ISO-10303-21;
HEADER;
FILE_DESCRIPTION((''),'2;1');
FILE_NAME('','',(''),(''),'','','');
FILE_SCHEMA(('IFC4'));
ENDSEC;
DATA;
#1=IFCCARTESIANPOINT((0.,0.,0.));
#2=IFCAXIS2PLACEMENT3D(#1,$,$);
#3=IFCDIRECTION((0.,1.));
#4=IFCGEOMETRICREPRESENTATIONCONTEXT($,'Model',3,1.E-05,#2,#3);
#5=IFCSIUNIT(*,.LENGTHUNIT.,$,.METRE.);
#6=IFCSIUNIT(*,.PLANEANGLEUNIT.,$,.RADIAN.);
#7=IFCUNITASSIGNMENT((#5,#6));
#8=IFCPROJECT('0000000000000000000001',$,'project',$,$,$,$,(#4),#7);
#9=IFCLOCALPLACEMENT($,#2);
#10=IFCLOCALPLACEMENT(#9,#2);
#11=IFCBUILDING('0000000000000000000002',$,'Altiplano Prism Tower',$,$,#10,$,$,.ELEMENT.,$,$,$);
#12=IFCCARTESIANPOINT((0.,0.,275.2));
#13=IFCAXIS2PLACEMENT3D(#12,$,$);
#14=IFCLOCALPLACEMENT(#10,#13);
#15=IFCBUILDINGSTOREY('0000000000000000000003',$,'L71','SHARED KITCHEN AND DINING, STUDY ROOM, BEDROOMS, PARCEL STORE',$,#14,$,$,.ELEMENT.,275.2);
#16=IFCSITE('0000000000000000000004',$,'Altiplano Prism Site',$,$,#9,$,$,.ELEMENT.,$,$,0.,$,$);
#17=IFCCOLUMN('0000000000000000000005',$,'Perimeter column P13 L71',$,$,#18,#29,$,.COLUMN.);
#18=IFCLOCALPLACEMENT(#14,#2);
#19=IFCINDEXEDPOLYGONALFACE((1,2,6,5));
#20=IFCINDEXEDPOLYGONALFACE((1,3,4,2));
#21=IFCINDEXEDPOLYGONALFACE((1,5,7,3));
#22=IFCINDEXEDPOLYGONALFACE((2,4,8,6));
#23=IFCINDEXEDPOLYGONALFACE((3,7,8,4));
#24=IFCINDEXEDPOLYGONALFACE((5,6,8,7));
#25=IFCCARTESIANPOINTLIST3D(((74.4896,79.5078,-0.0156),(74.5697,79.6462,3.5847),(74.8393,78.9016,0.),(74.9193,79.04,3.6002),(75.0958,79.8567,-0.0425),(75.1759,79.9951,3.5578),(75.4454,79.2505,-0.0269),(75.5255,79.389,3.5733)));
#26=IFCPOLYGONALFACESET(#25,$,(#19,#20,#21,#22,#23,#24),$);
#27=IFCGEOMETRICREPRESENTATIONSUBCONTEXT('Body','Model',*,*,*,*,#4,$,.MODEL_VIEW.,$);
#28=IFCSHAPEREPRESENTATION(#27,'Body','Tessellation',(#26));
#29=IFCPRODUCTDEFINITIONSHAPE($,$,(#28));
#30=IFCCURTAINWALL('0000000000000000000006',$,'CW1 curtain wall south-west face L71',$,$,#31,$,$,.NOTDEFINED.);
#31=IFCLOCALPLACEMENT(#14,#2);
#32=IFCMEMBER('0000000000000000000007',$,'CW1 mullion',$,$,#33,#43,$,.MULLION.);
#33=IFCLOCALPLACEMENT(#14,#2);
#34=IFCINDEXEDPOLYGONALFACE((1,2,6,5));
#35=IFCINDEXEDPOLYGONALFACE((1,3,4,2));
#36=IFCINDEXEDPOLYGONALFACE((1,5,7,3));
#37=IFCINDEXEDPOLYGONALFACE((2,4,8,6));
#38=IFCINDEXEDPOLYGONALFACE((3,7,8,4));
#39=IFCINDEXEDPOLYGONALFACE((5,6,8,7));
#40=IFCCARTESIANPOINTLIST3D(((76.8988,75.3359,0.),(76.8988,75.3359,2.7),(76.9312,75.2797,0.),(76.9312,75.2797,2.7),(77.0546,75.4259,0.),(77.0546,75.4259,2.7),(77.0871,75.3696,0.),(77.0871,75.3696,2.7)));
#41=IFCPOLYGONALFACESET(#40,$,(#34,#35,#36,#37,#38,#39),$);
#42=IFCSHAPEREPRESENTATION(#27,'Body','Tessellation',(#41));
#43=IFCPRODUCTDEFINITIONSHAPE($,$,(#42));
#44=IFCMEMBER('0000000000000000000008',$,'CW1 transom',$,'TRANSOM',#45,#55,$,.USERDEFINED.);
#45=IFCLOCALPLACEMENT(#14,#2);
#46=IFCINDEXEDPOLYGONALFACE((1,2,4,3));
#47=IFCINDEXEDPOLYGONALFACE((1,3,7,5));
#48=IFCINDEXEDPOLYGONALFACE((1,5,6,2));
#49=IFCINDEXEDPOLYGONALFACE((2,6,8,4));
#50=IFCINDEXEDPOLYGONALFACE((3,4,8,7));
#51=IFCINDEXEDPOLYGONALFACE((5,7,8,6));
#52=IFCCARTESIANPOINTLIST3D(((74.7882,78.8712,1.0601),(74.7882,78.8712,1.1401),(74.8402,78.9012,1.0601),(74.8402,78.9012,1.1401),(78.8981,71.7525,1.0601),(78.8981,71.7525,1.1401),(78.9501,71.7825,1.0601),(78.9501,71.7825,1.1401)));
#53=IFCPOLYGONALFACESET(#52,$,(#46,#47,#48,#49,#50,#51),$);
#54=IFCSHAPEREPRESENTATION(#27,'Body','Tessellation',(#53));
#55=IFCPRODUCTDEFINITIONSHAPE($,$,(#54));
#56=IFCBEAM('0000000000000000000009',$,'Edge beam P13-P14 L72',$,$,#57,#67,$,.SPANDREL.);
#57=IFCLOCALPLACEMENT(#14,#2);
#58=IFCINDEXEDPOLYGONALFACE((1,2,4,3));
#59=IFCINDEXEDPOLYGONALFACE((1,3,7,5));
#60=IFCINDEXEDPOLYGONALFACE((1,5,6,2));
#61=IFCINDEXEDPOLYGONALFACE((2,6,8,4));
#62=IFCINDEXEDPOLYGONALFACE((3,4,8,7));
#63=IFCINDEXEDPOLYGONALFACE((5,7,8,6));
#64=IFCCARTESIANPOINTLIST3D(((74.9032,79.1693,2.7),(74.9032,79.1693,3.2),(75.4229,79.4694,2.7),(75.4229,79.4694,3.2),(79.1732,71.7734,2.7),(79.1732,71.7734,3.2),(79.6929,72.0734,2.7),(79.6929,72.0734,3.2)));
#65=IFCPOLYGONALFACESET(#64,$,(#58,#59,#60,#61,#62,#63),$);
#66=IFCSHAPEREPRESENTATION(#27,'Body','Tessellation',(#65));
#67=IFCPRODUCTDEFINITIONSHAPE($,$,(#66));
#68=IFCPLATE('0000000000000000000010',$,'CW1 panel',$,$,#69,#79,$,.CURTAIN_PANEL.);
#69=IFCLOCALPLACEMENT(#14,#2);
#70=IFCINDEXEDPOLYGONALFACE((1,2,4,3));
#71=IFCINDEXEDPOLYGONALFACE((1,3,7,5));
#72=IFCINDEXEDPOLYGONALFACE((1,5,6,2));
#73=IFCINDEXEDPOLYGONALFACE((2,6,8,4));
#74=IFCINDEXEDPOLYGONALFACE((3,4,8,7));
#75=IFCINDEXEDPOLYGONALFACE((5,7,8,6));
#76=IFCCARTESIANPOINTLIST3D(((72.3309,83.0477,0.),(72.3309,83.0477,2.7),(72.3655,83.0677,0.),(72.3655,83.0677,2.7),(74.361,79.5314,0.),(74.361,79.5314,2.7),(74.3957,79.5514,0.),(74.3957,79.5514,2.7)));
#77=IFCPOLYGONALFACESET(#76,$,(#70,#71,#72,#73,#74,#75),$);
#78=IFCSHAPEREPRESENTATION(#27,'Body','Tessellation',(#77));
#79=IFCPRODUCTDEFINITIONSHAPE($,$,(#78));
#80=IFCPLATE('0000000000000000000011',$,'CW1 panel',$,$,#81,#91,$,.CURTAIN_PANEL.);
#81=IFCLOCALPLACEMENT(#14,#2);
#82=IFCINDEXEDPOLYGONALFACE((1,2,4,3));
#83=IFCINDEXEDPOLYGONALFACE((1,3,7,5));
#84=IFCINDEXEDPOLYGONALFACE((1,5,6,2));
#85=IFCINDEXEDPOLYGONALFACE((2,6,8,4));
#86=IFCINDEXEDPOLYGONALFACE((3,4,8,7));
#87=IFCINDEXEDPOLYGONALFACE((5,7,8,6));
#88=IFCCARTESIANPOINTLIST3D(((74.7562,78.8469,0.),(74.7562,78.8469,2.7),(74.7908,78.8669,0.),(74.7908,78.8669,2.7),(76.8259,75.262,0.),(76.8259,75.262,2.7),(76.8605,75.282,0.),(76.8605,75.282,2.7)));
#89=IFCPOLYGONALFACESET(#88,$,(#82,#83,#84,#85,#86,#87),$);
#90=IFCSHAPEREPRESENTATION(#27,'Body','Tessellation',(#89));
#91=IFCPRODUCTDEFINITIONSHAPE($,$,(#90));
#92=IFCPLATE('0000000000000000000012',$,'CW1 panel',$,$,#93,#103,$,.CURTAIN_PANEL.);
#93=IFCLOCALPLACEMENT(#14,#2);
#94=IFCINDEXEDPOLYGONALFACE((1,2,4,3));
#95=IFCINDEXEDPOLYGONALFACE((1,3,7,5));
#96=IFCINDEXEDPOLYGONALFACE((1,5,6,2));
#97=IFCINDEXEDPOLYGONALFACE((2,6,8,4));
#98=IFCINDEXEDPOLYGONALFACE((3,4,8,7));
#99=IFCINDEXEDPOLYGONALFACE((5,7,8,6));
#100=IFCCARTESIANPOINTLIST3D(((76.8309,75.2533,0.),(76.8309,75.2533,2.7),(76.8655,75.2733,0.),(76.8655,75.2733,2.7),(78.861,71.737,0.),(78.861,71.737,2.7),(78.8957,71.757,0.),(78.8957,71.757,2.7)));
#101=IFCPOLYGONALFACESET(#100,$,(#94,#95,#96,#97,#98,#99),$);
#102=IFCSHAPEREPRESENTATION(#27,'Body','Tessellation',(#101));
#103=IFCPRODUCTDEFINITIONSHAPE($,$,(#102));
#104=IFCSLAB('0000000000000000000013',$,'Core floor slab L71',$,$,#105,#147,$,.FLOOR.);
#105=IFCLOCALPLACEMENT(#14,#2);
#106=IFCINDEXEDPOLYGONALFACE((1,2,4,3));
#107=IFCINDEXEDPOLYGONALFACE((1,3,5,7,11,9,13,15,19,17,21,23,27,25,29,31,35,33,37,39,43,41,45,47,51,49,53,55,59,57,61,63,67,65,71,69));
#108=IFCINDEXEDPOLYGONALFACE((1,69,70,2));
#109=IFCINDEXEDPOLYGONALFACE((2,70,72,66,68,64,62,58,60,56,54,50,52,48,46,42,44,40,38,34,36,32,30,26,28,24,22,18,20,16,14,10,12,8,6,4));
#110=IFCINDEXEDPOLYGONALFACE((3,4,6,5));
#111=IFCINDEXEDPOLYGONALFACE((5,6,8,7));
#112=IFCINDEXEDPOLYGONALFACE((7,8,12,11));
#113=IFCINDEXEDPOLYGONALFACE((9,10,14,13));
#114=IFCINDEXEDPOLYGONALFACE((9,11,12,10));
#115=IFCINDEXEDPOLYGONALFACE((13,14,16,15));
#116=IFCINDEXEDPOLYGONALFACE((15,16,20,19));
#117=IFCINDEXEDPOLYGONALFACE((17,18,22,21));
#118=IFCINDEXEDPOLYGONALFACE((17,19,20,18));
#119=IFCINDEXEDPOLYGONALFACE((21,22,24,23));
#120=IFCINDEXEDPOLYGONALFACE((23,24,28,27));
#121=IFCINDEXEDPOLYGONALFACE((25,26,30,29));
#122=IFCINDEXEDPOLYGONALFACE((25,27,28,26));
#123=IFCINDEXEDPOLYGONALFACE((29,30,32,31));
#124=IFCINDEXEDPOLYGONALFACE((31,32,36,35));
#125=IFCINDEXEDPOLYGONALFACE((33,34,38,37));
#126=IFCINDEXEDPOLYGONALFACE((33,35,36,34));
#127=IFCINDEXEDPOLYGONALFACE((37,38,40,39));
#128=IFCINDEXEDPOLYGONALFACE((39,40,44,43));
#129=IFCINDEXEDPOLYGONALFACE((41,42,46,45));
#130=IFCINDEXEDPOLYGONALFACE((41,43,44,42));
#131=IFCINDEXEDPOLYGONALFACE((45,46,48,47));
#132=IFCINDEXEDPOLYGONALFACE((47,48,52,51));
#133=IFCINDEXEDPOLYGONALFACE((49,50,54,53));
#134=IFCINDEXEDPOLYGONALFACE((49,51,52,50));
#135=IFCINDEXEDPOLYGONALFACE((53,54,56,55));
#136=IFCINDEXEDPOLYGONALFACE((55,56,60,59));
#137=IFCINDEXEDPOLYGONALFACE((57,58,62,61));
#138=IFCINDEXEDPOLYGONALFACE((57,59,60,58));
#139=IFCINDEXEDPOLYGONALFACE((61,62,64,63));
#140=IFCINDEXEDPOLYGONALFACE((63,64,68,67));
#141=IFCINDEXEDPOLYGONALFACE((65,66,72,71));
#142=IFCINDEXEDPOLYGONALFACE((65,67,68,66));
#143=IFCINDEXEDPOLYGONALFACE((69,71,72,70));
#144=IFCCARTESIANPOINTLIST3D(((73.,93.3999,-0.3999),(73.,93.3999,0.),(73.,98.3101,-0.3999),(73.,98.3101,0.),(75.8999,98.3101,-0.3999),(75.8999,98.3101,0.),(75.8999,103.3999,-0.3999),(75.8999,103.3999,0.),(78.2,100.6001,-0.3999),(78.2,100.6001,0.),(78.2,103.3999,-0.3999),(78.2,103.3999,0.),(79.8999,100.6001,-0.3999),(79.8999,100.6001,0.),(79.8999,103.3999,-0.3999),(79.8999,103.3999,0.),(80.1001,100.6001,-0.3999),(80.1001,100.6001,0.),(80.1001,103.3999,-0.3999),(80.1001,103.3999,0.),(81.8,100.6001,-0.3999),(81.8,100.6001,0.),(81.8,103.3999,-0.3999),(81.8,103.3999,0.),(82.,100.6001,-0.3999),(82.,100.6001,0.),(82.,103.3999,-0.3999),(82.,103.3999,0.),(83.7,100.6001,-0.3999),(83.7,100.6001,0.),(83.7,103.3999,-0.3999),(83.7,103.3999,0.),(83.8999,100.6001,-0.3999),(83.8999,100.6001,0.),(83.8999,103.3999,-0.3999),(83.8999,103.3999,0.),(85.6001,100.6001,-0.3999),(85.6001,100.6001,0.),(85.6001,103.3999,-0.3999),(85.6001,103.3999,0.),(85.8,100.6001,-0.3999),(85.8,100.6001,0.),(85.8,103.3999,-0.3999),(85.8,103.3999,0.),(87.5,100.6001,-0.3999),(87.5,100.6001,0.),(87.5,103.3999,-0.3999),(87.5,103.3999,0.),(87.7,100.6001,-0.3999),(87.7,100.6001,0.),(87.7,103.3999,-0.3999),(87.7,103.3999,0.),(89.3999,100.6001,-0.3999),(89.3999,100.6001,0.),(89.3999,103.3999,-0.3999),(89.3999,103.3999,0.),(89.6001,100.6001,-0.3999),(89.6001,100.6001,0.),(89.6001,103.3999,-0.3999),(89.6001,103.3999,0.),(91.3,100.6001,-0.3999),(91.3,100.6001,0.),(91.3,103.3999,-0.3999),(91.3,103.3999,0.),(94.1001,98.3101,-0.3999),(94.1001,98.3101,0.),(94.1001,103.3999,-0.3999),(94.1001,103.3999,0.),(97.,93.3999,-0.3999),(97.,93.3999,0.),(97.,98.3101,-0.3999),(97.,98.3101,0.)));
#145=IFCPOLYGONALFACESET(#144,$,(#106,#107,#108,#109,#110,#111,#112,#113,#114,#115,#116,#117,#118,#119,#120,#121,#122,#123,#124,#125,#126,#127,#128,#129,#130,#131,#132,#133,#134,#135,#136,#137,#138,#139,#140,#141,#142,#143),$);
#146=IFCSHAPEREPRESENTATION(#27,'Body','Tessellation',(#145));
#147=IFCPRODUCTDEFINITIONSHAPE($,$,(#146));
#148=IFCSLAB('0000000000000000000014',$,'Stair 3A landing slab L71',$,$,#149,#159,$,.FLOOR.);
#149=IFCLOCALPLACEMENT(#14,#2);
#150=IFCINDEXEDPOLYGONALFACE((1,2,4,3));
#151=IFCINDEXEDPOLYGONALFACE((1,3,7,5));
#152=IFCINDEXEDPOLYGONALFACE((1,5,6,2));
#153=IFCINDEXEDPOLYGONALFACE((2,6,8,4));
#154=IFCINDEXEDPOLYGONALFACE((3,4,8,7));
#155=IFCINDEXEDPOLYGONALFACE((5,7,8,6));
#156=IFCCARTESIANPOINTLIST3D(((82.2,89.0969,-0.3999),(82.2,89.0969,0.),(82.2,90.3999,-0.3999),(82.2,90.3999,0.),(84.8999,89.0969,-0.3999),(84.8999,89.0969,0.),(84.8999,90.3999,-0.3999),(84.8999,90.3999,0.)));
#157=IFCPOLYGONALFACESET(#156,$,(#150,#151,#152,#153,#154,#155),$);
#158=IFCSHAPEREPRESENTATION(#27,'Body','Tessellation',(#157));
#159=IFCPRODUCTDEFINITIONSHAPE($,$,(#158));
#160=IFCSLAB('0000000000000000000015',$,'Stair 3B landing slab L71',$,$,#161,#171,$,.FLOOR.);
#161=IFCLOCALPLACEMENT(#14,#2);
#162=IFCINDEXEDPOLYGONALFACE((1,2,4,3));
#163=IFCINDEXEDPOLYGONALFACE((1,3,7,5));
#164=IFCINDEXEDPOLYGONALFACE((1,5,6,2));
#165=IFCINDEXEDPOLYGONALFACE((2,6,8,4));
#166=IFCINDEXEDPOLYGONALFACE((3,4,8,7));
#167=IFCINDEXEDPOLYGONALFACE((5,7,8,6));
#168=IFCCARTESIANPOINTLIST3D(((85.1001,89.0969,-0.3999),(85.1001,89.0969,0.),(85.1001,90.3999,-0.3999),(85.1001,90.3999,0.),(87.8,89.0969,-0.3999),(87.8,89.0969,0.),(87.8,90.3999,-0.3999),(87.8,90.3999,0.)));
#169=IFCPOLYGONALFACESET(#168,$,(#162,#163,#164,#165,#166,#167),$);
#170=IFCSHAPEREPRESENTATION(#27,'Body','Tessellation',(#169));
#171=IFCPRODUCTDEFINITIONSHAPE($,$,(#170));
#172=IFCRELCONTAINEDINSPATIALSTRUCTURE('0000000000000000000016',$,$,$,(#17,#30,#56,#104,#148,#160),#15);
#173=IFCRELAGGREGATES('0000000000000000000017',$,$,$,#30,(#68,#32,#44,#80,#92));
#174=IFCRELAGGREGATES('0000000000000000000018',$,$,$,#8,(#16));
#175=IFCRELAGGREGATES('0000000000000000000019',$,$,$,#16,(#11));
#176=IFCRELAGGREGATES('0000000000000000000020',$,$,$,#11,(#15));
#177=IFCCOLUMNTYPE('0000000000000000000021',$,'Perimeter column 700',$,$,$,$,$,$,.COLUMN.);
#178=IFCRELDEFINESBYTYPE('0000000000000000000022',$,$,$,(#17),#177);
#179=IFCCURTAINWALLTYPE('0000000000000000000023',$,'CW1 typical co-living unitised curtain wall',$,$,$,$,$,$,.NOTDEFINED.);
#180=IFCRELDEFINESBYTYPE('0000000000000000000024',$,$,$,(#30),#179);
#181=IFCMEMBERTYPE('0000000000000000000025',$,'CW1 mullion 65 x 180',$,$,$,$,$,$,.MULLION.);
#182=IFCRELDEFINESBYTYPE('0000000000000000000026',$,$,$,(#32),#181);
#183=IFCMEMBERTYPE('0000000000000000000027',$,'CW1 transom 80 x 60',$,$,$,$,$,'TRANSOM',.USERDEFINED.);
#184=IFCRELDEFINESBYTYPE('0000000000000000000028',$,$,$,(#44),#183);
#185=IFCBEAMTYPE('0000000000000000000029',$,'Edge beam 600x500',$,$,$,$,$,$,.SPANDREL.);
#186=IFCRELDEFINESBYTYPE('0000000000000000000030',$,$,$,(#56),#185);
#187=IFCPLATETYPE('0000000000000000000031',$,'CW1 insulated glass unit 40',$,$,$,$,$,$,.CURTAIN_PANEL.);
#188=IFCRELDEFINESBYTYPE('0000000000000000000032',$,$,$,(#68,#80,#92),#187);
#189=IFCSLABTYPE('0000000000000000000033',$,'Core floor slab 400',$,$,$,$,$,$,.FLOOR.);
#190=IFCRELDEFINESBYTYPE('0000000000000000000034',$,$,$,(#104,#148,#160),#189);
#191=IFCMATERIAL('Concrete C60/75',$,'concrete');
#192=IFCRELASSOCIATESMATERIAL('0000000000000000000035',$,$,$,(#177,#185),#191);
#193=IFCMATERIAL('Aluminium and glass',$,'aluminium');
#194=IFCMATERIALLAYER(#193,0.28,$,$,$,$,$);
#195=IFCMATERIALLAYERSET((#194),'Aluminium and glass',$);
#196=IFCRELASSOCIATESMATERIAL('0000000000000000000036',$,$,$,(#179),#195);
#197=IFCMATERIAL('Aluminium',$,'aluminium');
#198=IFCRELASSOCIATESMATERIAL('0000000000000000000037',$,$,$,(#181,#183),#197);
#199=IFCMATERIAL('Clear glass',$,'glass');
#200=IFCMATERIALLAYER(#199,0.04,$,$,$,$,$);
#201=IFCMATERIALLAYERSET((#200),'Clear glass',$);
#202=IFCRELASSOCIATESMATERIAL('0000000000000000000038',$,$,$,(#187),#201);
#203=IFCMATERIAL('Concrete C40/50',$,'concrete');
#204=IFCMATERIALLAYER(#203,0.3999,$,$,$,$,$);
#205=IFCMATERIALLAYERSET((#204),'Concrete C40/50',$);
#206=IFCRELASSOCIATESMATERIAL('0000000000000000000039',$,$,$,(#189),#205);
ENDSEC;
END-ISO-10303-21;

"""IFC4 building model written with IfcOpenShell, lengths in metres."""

from ifc_helpers import new_model, si_unit, direction, frame, origin, origin_2d, place, context, subcontext, project, spatial, polyline, rectangle, outline, extrude, material, layer, layer_set, material_profile, profile_set, type_object, element, aggregate, save


model = new_model("IFC4")

# Units and contexts
model_context = context("Model", 3, precision=1e-05, world=origin(), true_north=direction((0.0, 1.0)))
body_context = subcontext(model_context, "Body", "Model", "MODEL_VIEW")
ifc_project = project(units=[si_unit("LENGTHUNIT", "METRE"), si_unit("PLANEANGLEUNIT", "RADIAN")], contexts=[model_context])

# Site, building, storey
site_placement = place(None, origin())
site = spatial("IfcSite", under=ifc_project, at=site_placement, Name="Altiplano Prism Site", CompositionType="ELEMENT", RefElevation=0.0)
building_placement = place(site_placement, origin())
building = spatial("IfcBuilding", under=site, at=building_placement, Name="Altiplano Prism Tower", CompositionType="ELEMENT")
storey_placement = place(building_placement, frame((0.0, 0.0, 275.2)))
storey = spatial("IfcBuildingStorey", under=building, at=storey_placement, Name="L71", Description="SHARED KITCHEN AND DINING, STUDY ROOM, BEDROOMS, PARCEL STORE", CompositionType="ELEMENT", Elevation=275.2)

# Column
ifc_material_1 = material(Name="Concrete C60/75", Category="concrete")
ifc_material_profile_1 = material_profile(ifc_material_1, rectangle(XDim=0.7, YDim=0.7, at=origin_2d()), Name="Perimeter column 700")
ifc_profile_set_1 = profile_set([ifc_material_profile_1], Name="Concrete C60/75")
column_type = type_object("IfcColumnType", Name="Perimeter column 700", PredefinedType="COLUMN", material=ifc_profile_set_1)
column_placement = place(storey_placement, frame((74.9675, 79.3792, -0.0212), z_axis=(0.022221, 0.038413, 0.999015), x_axis=(-0.866021, -0.498528, 0.038432)))
element("IfcColumn", 1, at=column_placement, inside=storey, type_object=column_type, Name="Perimeter column P13 L71", PredefinedType="COLUMN", context=body_context, shape_type="SweptSolid", body=[
    extrude(rectangle(XDim=0.7, YDim=0.7, at=origin_2d()), origin(), (0.0, 0.0, 1.0), 3.6038),
])

# Curtain wall, members
ifc_material_2 = material(Name="Aluminium and glass", Category="aluminium")
ifc_layer_1 = layer(ifc_material_2, 0.28)
ifc_layer_set_1 = layer_set([ifc_layer_1], Name="Aluminium and glass")
curtain_wall_type = type_object("IfcCurtainWallType", Name="CW1 typical co-living unitised curtain wall", PredefinedType="NOTDEFINED", material=ifc_layer_set_1)
curtain_wall_placement = place(storey_placement, origin())
curtain_wall = element("IfcCurtainWall", 2, at=curtain_wall_placement, inside=storey, type_object=curtain_wall_type, Name="CW1 curtain wall south-west face L71", PredefinedType="NOTDEFINED")
ifc_material_3 = material(Name="Aluminium", Category="aluminium")
ifc_material_profile_2 = material_profile(ifc_material_3, rectangle(XDim=0.1799, YDim=0.0649, at=origin_2d()), Name="CW1 mullion 65 x 180")
ifc_profile_set_2 = profile_set([ifc_material_profile_2], Name="Aluminium")
member_type_1 = type_object("IfcMemberType", Name="CW1 mullion 65 x 180", PredefinedType="MULLION", material=ifc_profile_set_2)
member_1_placement = place(storey_placement, frame((76.9929, 75.3528, 0.0), z_axis=(0.0, 0.0, 1.0), x_axis=(0.866025, 0.5, 0.0)))
member_1 = element("IfcMember", 3, at=member_1_placement, type_object=member_type_1, Name="CW1 mullion", PredefinedType="MULLION", context=body_context, shape_type="SweptSolid", body=[
    extrude(rectangle(XDim=0.1799, YDim=0.0649, at=origin_2d()), origin(), (0.0, 0.0, 1.0), 2.7),
])
ifc_material_profile_3 = material_profile(ifc_material_3, rectangle(XDim=0.0601, YDim=0.0801, at=origin_2d()), Name="CW1 transom 80 x 60")
ifc_profile_set_3 = profile_set([ifc_material_profile_3], Name="Aluminium")
member_type_2 = type_object("IfcMemberType", Name="CW1 transom 80 x 60", ElementType="TRANSOM", PredefinedType="USERDEFINED", material=ifc_profile_set_3)
member_2_placement = place(storey_placement, frame((74.8142, 78.8862, 1.1001), z_axis=(0.499992, -0.86603, 0.0), x_axis=(0.86603, 0.499992, 0.0)))
member_2 = element("IfcMember", 4, at=member_2_placement, type_object=member_type_2, Name="CW1 transom", ObjectType="TRANSOM", PredefinedType="USERDEFINED", context=body_context, shape_type="SweptSolid", body=[
    extrude(rectangle(XDim=0.0601, YDim=0.0801, at=origin_2d()), origin(), (0.0, 0.0, 1.0), 8.22),
])

# Beam
ifc_material_profile_4 = material_profile(ifc_material_1, rectangle(XDim=0.6001, YDim=0.5, at=origin_2d()), Name="Edge beam 600x500")
ifc_profile_set_4 = profile_set([ifc_material_profile_4], Name="Concrete C60/75")
beam_type = type_object("IfcBeamType", Name="Edge beam 600x500", PredefinedType="SPANDREL", material=ifc_profile_set_4)
beam_placement = place(storey_placement, frame((75.1631, 79.3193, 2.95), z_axis=(0.499995, -0.866028, 0.0), x_axis=(0.866028, 0.499995, 0.0)))
element("IfcBeam", 5, at=beam_placement, inside=storey, type_object=beam_type, Name="Edge beam P13-P14 L72", PredefinedType="SPANDREL", context=body_context, shape_type="SweptSolid", body=[
    extrude(rectangle(XDim=0.6001, YDim=0.5, at=origin_2d()), origin(), (0.0, 0.0, 1.0), 8.54),
])

# Plates
ifc_material_4 = material(Name="Clear glass", Category="glass")
ifc_layer_2 = layer(ifc_material_4, 0.04)
ifc_layer_set_2 = layer_set([ifc_layer_2], Name="Clear glass")
plate_type = type_object("IfcPlateType", Name="CW1 insulated glass unit 40", PredefinedType="CURTAIN_PANEL", material=ifc_layer_set_2)
plate_1_placement = place(storey_placement, frame((73.3633, 81.2996, 0.0), z_axis=(0.0, 0.0, 1.0), x_axis=(0.5, -0.866025, 0.0)))
plate_1 = element("IfcPlate", 6, at=plate_1_placement, type_object=plate_type, Name="CW1 panel", PredefinedType="CURTAIN_PANEL", context=body_context, shape_type="SweptSolid", body=[
    extrude(rectangle(XDim=4.0603, YDim=0.04, at=origin_2d()), origin(), (0.0, 0.0, 1.0), 2.7),
])
plate_2_placement = place(storey_placement, frame((75.8083, 77.0645, 0.0), z_axis=(0.0, 0.0, 1.0), x_axis=(0.5, -0.866025, 0.0)))
plate_2 = element("IfcPlate", 7, at=plate_2_placement, type_object=plate_type, Name="CW1 panel", PredefinedType="CURTAIN_PANEL", context=body_context, shape_type="SweptSolid", body=[
    extrude(rectangle(XDim=4.1394, YDim=0.04, at=origin_2d()), origin(), (0.0, 0.0, 1.0), 2.7),
])
plate_3_placement = place(storey_placement, frame((77.8633, 73.5051, 0.0), z_axis=(0.0, 0.0, 1.0), x_axis=(0.5, -0.866025, 0.0)))
plate_3 = element("IfcPlate", 8, at=plate_3_placement, type_object=plate_type, Name="CW1 panel", PredefinedType="CURTAIN_PANEL", context=body_context, shape_type="SweptSolid", body=[
    extrude(rectangle(XDim=4.0603, YDim=0.04, at=origin_2d()), origin(), (0.0, 0.0, 1.0), 2.7),
])
aggregate(curtain_wall, [plate_1, member_1, member_2, plate_2, plate_3])

# Slabs
ifc_material_5 = material(Name="Concrete C40/50", Category="concrete")
ifc_layer_3 = layer(ifc_material_5, 0.3999)
ifc_layer_set_3 = layer_set([ifc_layer_3], Name="Concrete C40/50")
slab_type_1 = type_object("IfcSlabType", Name="Core floor slab 400", PredefinedType="FLOOR", material=ifc_layer_set_3)
slab_1_placement = place(storey_placement, frame((0.0, 0.0, -0.3999)))
element("IfcSlab", 9, at=slab_1_placement, inside=storey, type_object=slab_type_1, Name="Core floor slab L71", PredefinedType="FLOOR", context=body_context, shape_type="SweptSolid", body=[
    extrude(outline(polyline([(97.0, 98.3101), (94.1001, 98.3101), (94.1001, 103.3999), (91.3, 103.3999), (91.3, 100.6001), (89.6001, 100.6001), (89.6001, 103.3999), (89.3999, 103.3999), (89.3999, 100.6001), (87.7, 100.6001), (87.7, 103.3999), (87.5, 103.3999), (87.5, 100.6001), (85.8, 100.6001), (85.8, 103.3999), (85.6001, 103.3999), (85.6001, 100.6001), (83.8999, 100.6001), (83.8999, 103.3999), (83.7, 103.3999), (83.7, 100.6001), (82.0, 100.6001), (82.0, 103.3999), (81.8, 103.3999), (81.8, 100.6001), (80.1001, 100.6001), (80.1001, 103.3999), (79.8999, 103.3999), (79.8999, 100.6001), (78.2, 100.6001), (78.2, 103.3999), (75.8999, 103.3999), (75.8999, 98.3101), (73.0, 98.3101), (73.0, 93.3999), (97.0, 93.3999), (97.0, 98.3101)])), origin(), (0.0, 0.0, 1.0), 0.3999),
])
slab_2_placement = place(storey_placement, frame((0.0, 0.0, -0.3999)))
element("IfcSlab", 10, at=slab_2_placement, inside=storey, type_object=slab_type_1, Name="Stair 3A landing slab L71", PredefinedType="FLOOR", context=body_context, shape_type="SweptSolid", body=[
    extrude(outline(polyline([(82.2, 89.0969), (84.8999, 89.0969), (84.8999, 90.3999), (82.2, 90.3999), (82.2, 89.0969)])), origin(), (0.0, 0.0, 1.0), 0.3999),
])
slab_3_placement = place(storey_placement, frame((0.0, 0.0, -0.3999)))
element("IfcSlab", 11, at=slab_3_placement, inside=storey, type_object=slab_type_1, Name="Stair 3B landing slab L71", PredefinedType="FLOOR", context=body_context, shape_type="SweptSolid", body=[
    extrude(outline(polyline([(85.1001, 89.0969), (87.8, 89.0969), (87.8, 90.3999), (85.1001, 90.3999), (85.1001, 89.0969)])), origin(), (0.0, 0.0, 1.0), 0.3999),
])

save(model, "model.ifc")
